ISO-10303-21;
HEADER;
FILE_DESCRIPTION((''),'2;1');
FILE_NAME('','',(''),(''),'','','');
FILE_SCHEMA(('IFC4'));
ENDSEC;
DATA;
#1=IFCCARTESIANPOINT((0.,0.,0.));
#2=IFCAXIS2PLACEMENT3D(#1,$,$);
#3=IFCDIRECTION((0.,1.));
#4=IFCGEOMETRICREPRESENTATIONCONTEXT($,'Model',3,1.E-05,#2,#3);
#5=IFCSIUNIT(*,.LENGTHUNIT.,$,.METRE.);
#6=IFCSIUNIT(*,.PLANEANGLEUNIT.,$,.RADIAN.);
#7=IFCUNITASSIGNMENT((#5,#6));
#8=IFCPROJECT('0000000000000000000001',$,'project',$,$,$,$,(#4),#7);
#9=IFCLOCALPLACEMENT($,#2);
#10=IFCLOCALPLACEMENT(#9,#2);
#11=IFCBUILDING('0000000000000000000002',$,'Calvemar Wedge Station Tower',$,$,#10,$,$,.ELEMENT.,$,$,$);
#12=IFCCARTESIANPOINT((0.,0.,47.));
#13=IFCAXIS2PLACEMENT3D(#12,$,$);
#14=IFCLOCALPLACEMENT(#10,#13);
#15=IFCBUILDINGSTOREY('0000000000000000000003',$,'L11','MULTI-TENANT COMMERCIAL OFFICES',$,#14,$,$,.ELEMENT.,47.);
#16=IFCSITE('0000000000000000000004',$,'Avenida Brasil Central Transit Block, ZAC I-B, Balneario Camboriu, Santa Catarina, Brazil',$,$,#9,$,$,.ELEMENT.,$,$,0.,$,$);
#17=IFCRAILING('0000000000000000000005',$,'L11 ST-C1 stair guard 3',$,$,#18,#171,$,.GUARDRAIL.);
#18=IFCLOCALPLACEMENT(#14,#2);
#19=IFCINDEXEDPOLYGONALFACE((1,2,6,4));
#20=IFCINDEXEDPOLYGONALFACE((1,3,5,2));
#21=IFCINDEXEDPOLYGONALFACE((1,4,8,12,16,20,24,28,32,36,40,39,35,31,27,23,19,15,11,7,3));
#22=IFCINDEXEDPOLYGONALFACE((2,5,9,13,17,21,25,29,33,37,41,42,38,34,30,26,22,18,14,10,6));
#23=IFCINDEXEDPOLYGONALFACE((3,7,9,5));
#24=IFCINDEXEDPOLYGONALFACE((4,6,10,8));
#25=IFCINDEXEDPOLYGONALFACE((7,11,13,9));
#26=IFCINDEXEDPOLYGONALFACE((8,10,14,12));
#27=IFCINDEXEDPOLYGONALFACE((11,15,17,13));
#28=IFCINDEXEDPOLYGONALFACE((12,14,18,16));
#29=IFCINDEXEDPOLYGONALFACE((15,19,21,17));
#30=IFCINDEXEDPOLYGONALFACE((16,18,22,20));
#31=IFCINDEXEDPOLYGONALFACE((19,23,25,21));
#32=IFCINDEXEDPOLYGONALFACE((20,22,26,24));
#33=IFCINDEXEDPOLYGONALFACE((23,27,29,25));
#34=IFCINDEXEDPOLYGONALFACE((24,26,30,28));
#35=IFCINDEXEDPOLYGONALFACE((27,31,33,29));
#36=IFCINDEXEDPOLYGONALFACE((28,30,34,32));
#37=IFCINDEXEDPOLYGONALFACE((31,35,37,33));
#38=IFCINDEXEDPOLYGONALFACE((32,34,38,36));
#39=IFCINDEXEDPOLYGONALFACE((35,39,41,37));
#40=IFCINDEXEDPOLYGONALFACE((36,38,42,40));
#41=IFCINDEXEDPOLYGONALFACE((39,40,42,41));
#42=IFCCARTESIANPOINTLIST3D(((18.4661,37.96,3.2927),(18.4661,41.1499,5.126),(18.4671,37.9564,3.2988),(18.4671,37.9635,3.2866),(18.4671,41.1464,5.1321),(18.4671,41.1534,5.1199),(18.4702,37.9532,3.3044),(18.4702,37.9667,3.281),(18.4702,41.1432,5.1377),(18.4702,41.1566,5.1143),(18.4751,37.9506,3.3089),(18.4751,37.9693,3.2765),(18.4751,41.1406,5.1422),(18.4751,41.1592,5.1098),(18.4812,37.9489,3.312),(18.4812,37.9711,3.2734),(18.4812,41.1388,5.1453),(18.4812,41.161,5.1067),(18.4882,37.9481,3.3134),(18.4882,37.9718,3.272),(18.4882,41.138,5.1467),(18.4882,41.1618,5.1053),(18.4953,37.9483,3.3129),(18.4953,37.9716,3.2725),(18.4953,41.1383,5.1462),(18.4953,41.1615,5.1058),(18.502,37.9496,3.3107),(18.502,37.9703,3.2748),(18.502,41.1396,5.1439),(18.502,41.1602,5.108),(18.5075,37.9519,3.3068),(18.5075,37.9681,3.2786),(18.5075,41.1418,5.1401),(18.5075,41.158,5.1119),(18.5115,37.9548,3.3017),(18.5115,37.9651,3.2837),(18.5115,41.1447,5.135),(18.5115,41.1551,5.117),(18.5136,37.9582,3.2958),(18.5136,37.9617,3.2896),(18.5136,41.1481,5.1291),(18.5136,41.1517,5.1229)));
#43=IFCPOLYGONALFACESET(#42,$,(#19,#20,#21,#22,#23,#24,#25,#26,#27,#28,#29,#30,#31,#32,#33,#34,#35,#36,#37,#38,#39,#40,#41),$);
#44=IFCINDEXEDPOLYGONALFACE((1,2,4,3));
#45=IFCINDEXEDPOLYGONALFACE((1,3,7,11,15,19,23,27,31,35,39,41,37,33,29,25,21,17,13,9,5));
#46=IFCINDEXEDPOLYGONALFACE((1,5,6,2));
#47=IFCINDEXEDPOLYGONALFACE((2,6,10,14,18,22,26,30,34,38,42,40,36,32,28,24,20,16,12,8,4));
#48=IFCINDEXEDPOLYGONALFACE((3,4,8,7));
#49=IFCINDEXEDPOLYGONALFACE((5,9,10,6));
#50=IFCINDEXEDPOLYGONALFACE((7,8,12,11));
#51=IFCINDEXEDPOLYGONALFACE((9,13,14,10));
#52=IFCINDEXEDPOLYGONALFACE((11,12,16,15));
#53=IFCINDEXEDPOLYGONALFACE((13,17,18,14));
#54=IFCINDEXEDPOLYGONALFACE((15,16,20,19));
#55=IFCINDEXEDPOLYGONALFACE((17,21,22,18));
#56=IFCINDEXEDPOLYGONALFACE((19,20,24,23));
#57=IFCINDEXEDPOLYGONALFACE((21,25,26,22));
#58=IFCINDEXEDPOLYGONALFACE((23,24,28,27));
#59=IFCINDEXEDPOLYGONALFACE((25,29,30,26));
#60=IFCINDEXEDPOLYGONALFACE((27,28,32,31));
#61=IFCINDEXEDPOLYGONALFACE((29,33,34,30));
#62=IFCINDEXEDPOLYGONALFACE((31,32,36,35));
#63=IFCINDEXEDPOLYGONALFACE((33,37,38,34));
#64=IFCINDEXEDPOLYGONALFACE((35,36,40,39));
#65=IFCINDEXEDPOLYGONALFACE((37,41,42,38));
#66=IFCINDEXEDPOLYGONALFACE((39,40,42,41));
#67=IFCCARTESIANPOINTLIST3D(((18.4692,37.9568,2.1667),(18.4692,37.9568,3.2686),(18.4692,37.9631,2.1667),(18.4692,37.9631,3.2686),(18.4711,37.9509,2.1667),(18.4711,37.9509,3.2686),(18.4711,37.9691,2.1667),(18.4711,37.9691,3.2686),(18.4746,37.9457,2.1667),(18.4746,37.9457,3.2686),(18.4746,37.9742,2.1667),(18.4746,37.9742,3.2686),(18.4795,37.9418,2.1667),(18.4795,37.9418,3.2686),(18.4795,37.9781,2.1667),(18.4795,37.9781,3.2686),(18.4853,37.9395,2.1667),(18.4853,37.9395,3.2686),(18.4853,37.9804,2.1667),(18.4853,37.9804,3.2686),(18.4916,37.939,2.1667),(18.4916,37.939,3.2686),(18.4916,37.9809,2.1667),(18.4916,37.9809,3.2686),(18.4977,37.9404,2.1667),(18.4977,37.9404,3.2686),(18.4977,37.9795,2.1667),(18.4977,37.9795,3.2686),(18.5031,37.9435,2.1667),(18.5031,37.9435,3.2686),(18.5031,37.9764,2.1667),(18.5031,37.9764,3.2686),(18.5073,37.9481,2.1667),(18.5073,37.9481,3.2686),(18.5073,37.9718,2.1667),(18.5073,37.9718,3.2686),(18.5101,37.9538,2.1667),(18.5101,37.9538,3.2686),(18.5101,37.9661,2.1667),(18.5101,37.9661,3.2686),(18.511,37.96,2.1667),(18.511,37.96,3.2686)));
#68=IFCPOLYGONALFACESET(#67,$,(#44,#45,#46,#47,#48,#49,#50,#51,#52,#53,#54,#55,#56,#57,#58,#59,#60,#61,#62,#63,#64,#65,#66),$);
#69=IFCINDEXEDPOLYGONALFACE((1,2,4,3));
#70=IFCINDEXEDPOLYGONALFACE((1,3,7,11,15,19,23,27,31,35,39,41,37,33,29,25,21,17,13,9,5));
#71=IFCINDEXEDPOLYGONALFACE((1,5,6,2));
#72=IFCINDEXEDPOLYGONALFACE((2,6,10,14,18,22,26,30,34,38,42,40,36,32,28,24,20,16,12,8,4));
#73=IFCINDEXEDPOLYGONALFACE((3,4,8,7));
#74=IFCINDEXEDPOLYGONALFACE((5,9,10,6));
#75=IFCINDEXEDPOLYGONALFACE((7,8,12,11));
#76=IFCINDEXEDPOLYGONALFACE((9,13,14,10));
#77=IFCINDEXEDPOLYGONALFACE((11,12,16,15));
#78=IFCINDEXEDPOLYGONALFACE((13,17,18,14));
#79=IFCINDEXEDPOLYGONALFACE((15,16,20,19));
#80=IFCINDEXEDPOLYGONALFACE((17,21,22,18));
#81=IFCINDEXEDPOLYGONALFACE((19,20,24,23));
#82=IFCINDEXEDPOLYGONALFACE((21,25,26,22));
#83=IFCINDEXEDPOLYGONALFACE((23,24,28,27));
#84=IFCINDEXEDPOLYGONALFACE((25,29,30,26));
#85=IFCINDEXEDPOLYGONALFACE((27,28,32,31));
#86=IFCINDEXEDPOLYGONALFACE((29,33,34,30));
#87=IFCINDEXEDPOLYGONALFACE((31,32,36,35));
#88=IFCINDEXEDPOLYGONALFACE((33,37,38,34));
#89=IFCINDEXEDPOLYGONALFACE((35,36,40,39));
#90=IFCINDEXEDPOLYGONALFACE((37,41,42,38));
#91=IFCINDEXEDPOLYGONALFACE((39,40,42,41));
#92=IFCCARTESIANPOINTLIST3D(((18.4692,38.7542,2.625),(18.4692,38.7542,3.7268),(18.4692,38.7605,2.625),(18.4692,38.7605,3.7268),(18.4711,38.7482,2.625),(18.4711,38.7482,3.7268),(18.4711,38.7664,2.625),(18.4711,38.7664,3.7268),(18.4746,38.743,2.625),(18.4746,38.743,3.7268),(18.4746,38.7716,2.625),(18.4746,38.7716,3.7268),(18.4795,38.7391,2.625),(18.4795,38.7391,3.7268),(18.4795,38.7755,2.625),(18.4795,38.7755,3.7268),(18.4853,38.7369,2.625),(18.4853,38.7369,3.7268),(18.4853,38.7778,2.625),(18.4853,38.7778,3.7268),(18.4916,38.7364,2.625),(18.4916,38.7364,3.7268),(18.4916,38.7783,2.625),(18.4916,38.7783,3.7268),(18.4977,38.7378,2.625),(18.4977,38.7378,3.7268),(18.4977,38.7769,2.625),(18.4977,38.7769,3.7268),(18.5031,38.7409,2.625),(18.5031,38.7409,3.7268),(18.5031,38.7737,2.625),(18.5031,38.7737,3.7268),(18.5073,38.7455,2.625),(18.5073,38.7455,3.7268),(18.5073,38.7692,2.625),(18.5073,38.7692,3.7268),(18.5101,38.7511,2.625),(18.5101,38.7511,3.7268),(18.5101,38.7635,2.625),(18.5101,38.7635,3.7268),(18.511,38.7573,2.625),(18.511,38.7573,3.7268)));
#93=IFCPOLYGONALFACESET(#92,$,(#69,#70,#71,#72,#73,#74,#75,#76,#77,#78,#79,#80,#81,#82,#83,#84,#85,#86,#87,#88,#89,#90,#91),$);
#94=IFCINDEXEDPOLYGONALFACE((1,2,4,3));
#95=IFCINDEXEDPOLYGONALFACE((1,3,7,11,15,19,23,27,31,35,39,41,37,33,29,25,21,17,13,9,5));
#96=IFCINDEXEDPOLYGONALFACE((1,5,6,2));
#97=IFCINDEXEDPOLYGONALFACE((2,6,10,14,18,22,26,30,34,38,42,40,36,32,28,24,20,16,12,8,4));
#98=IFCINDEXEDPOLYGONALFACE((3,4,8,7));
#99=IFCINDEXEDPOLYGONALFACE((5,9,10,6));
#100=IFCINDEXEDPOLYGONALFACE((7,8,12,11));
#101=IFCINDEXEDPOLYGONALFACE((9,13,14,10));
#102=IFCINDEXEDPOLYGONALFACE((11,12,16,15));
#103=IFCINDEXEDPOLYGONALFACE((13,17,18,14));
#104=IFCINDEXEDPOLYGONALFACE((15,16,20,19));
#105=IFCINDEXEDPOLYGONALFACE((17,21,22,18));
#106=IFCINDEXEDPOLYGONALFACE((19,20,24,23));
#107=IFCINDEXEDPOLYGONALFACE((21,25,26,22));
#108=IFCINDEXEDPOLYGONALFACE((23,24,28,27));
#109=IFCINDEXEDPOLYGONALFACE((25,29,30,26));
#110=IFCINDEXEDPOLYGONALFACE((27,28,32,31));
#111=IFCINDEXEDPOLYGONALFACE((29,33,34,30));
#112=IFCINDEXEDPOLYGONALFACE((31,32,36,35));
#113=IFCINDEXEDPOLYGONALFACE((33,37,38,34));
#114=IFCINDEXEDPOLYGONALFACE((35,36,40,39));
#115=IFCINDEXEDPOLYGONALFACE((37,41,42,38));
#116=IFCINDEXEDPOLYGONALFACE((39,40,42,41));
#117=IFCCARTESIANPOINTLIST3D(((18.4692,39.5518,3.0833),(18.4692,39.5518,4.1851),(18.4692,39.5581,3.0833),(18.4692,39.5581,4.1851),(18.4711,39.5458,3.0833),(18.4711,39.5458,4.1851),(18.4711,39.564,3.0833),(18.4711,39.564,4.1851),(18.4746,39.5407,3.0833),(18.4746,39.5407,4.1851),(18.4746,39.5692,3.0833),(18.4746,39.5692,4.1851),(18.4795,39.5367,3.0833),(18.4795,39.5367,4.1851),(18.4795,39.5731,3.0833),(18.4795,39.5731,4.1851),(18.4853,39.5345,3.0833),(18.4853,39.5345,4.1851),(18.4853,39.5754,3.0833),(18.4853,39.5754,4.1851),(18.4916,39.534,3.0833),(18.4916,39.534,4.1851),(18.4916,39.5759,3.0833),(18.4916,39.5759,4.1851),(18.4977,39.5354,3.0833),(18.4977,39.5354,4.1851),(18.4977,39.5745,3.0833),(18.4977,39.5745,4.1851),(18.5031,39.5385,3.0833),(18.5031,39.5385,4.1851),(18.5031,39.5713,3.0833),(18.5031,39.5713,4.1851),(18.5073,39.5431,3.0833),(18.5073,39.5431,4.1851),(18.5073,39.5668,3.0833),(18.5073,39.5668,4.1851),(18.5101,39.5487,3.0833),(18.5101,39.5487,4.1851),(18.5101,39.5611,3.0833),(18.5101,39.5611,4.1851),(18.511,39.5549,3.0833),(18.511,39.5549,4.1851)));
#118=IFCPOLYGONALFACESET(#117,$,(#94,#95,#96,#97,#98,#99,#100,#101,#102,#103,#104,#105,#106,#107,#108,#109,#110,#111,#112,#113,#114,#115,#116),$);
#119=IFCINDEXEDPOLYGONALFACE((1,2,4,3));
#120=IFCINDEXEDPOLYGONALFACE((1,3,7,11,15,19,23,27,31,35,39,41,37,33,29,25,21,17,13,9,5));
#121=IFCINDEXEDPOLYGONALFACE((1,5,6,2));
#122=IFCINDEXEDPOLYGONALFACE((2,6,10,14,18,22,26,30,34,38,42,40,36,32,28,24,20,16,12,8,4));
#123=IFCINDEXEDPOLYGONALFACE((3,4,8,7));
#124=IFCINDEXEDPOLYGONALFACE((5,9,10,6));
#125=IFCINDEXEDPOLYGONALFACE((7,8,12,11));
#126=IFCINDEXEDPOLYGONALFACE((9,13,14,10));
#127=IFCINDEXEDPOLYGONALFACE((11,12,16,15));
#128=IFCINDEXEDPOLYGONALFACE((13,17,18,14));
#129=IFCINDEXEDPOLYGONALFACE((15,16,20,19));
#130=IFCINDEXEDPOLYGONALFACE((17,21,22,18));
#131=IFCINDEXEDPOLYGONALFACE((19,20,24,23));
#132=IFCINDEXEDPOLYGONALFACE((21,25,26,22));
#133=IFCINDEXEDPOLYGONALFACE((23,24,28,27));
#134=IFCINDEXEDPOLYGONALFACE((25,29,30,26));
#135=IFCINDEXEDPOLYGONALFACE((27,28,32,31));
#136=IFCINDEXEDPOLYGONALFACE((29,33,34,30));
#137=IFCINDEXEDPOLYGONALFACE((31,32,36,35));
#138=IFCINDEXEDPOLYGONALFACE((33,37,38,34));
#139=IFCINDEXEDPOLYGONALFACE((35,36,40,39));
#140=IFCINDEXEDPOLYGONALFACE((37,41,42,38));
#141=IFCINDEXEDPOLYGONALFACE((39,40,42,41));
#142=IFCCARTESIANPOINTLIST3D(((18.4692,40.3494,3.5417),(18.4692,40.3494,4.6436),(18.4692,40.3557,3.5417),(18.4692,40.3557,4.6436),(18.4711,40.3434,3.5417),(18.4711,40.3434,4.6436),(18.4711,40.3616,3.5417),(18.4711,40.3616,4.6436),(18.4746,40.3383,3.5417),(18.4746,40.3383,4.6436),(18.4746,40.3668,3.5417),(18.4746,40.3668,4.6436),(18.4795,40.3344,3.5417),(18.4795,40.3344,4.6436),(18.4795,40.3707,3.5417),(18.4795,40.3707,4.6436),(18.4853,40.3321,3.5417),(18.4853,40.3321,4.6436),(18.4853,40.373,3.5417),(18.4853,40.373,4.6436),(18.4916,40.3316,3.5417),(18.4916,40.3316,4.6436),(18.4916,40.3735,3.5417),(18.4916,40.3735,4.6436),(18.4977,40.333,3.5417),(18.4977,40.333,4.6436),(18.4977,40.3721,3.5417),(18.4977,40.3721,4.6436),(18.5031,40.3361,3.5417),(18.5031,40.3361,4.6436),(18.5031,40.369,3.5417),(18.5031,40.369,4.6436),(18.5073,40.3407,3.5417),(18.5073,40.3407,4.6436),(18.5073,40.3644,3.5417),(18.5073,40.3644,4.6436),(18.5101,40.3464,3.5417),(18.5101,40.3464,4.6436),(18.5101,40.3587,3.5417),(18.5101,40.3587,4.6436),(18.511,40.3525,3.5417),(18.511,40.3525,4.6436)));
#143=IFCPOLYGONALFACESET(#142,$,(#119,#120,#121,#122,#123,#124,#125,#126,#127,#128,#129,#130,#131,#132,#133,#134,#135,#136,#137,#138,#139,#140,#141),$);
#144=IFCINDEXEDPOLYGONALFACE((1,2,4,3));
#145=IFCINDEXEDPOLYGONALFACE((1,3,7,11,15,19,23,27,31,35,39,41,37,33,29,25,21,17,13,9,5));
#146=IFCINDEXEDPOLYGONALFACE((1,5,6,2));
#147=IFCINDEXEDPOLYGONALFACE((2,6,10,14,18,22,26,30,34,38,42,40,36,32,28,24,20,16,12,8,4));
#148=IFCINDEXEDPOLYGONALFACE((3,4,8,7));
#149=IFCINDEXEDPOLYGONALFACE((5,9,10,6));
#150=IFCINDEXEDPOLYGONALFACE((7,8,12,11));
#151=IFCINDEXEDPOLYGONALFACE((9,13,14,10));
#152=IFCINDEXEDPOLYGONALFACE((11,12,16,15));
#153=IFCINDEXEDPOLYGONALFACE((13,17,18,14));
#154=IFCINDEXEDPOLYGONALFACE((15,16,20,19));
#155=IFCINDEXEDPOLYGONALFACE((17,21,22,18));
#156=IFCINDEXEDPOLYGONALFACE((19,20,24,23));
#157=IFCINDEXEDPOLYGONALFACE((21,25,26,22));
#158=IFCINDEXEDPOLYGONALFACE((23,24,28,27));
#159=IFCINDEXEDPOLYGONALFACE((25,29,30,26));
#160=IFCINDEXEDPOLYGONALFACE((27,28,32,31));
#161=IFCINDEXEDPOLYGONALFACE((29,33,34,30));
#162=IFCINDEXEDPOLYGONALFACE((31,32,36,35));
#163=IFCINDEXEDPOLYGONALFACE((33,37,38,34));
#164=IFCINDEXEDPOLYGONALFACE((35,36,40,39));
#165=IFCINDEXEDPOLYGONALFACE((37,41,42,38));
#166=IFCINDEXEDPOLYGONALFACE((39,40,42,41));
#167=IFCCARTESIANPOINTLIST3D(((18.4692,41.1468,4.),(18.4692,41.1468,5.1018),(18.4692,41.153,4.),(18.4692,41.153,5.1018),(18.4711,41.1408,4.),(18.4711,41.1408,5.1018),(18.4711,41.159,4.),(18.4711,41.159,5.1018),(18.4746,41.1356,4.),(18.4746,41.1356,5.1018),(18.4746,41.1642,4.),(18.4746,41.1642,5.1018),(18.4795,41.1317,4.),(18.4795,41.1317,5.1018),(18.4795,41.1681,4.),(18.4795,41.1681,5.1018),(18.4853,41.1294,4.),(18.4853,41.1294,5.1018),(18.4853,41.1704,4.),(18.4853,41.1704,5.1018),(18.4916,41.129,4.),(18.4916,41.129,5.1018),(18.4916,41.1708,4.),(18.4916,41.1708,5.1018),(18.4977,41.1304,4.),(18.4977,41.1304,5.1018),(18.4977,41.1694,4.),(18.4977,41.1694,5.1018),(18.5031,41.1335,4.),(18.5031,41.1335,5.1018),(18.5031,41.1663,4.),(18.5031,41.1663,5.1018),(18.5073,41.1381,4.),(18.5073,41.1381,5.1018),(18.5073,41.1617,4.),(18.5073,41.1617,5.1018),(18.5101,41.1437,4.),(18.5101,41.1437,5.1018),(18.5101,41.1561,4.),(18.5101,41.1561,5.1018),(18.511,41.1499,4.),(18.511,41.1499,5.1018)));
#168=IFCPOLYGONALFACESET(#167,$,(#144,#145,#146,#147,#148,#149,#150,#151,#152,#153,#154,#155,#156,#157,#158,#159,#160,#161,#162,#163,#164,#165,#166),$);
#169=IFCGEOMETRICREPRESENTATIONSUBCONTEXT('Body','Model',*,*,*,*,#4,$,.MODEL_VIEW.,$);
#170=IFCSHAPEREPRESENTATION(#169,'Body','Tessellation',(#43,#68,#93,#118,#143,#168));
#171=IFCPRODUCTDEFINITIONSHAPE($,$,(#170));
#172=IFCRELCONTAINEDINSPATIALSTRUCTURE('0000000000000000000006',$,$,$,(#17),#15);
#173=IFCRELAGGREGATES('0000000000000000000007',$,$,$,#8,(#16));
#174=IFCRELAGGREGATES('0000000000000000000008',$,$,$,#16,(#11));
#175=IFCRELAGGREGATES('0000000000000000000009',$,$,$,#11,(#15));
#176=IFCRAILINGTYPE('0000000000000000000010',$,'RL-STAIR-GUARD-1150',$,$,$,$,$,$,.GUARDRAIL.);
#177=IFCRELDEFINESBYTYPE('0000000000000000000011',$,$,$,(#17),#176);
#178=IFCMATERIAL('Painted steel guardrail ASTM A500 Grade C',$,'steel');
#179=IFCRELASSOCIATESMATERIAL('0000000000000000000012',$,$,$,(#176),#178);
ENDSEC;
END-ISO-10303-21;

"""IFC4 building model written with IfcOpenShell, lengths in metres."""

from ifc_helpers import new_model, si_unit, direction, frame, origin, origin_2d, place, context, subcontext, project, spatial, circle, extrude, material, type_object, element, save


model = new_model("IFC4")

# Units and contexts
model_context = context("Model", 3, precision=1e-05, world=origin(), true_north=direction((0.0, 1.0)))
body_context = subcontext(model_context, "Body", "Model", "MODEL_VIEW")
ifc_project = project(units=[si_unit("LENGTHUNIT", "METRE"), si_unit("PLANEANGLEUNIT", "RADIAN")], contexts=[model_context])

# Site, building, storey
site_placement = place(None, origin())
site = spatial("IfcSite", under=ifc_project, at=site_placement, Name="Avenida Brasil Central Transit Block, ZAC I-B, Balneario Camboriu, Santa Catarina, Brazil", CompositionType="ELEMENT", RefElevation=0.0)
building_placement = place(site_placement, origin())
building = spatial("IfcBuilding", under=site, at=building_placement, Name="Calvemar Wedge Station Tower", CompositionType="ELEMENT")
storey_placement = place(building_placement, frame((0.0, 0.0, 47.0)))
storey = spatial("IfcBuildingStorey", under=building, at=storey_placement, Name="L11", Description="MULTI-TENANT COMMERCIAL OFFICES", CompositionType="ELEMENT", Elevation=47.0)

# Railing
ifc_material_1 = material(Name="Painted steel guardrail ASTM A500 Grade C", Category="steel")
railing_type_1 = type_object("IfcRailingType", Name="RL-STAIR-GUARD-1150", PredefinedType="GUARDRAIL", material=ifc_material_1)
railing_1_placement = place(storey_placement, frame((18.49, 37.96, 2.1667)))
element("IfcRailing", 1, at=railing_1_placement, inside=storey, type_object=railing_type_1, Name="L11 ST-C1 stair guard 3", PredefinedType="GUARDRAIL", context=body_context, shape_type="SweptSolid", body=[
    extrude(circle(Radius=0.0239, at=origin_2d()), frame((0.0, 0.0, 1.126), z_axis=(0.0, 0.86702, 0.498274), x_axis=(-1.0, 0.0, 0.0)), (0.0, 0.0, 1.0), 3.6792),
    extrude(circle(Radius=0.021, at=origin_2d()), origin(), (0.0, 0.0, 1.0), 1.1018),
    extrude(circle(Radius=0.021, at=origin_2d()), frame((0.0, 0.7974, 0.4583)), (0.0, 0.0, 1.0), 1.1018),
    extrude(circle(Radius=0.021, at=origin_2d()), frame((0.0, 1.595, 0.9165)), (0.0, 0.0, 1.0), 1.1018),
    extrude(circle(Radius=0.021, at=origin_2d()), frame((0.0, 2.3926, 1.375)), (0.0, 0.0, 1.0), 1.1018),
    extrude(circle(Radius=0.021, at=origin_2d()), frame((0.0, 3.1899, 1.8333)), (0.0, 0.0, 1.0), 1.1018),
])

save(model, "model.ifc")
